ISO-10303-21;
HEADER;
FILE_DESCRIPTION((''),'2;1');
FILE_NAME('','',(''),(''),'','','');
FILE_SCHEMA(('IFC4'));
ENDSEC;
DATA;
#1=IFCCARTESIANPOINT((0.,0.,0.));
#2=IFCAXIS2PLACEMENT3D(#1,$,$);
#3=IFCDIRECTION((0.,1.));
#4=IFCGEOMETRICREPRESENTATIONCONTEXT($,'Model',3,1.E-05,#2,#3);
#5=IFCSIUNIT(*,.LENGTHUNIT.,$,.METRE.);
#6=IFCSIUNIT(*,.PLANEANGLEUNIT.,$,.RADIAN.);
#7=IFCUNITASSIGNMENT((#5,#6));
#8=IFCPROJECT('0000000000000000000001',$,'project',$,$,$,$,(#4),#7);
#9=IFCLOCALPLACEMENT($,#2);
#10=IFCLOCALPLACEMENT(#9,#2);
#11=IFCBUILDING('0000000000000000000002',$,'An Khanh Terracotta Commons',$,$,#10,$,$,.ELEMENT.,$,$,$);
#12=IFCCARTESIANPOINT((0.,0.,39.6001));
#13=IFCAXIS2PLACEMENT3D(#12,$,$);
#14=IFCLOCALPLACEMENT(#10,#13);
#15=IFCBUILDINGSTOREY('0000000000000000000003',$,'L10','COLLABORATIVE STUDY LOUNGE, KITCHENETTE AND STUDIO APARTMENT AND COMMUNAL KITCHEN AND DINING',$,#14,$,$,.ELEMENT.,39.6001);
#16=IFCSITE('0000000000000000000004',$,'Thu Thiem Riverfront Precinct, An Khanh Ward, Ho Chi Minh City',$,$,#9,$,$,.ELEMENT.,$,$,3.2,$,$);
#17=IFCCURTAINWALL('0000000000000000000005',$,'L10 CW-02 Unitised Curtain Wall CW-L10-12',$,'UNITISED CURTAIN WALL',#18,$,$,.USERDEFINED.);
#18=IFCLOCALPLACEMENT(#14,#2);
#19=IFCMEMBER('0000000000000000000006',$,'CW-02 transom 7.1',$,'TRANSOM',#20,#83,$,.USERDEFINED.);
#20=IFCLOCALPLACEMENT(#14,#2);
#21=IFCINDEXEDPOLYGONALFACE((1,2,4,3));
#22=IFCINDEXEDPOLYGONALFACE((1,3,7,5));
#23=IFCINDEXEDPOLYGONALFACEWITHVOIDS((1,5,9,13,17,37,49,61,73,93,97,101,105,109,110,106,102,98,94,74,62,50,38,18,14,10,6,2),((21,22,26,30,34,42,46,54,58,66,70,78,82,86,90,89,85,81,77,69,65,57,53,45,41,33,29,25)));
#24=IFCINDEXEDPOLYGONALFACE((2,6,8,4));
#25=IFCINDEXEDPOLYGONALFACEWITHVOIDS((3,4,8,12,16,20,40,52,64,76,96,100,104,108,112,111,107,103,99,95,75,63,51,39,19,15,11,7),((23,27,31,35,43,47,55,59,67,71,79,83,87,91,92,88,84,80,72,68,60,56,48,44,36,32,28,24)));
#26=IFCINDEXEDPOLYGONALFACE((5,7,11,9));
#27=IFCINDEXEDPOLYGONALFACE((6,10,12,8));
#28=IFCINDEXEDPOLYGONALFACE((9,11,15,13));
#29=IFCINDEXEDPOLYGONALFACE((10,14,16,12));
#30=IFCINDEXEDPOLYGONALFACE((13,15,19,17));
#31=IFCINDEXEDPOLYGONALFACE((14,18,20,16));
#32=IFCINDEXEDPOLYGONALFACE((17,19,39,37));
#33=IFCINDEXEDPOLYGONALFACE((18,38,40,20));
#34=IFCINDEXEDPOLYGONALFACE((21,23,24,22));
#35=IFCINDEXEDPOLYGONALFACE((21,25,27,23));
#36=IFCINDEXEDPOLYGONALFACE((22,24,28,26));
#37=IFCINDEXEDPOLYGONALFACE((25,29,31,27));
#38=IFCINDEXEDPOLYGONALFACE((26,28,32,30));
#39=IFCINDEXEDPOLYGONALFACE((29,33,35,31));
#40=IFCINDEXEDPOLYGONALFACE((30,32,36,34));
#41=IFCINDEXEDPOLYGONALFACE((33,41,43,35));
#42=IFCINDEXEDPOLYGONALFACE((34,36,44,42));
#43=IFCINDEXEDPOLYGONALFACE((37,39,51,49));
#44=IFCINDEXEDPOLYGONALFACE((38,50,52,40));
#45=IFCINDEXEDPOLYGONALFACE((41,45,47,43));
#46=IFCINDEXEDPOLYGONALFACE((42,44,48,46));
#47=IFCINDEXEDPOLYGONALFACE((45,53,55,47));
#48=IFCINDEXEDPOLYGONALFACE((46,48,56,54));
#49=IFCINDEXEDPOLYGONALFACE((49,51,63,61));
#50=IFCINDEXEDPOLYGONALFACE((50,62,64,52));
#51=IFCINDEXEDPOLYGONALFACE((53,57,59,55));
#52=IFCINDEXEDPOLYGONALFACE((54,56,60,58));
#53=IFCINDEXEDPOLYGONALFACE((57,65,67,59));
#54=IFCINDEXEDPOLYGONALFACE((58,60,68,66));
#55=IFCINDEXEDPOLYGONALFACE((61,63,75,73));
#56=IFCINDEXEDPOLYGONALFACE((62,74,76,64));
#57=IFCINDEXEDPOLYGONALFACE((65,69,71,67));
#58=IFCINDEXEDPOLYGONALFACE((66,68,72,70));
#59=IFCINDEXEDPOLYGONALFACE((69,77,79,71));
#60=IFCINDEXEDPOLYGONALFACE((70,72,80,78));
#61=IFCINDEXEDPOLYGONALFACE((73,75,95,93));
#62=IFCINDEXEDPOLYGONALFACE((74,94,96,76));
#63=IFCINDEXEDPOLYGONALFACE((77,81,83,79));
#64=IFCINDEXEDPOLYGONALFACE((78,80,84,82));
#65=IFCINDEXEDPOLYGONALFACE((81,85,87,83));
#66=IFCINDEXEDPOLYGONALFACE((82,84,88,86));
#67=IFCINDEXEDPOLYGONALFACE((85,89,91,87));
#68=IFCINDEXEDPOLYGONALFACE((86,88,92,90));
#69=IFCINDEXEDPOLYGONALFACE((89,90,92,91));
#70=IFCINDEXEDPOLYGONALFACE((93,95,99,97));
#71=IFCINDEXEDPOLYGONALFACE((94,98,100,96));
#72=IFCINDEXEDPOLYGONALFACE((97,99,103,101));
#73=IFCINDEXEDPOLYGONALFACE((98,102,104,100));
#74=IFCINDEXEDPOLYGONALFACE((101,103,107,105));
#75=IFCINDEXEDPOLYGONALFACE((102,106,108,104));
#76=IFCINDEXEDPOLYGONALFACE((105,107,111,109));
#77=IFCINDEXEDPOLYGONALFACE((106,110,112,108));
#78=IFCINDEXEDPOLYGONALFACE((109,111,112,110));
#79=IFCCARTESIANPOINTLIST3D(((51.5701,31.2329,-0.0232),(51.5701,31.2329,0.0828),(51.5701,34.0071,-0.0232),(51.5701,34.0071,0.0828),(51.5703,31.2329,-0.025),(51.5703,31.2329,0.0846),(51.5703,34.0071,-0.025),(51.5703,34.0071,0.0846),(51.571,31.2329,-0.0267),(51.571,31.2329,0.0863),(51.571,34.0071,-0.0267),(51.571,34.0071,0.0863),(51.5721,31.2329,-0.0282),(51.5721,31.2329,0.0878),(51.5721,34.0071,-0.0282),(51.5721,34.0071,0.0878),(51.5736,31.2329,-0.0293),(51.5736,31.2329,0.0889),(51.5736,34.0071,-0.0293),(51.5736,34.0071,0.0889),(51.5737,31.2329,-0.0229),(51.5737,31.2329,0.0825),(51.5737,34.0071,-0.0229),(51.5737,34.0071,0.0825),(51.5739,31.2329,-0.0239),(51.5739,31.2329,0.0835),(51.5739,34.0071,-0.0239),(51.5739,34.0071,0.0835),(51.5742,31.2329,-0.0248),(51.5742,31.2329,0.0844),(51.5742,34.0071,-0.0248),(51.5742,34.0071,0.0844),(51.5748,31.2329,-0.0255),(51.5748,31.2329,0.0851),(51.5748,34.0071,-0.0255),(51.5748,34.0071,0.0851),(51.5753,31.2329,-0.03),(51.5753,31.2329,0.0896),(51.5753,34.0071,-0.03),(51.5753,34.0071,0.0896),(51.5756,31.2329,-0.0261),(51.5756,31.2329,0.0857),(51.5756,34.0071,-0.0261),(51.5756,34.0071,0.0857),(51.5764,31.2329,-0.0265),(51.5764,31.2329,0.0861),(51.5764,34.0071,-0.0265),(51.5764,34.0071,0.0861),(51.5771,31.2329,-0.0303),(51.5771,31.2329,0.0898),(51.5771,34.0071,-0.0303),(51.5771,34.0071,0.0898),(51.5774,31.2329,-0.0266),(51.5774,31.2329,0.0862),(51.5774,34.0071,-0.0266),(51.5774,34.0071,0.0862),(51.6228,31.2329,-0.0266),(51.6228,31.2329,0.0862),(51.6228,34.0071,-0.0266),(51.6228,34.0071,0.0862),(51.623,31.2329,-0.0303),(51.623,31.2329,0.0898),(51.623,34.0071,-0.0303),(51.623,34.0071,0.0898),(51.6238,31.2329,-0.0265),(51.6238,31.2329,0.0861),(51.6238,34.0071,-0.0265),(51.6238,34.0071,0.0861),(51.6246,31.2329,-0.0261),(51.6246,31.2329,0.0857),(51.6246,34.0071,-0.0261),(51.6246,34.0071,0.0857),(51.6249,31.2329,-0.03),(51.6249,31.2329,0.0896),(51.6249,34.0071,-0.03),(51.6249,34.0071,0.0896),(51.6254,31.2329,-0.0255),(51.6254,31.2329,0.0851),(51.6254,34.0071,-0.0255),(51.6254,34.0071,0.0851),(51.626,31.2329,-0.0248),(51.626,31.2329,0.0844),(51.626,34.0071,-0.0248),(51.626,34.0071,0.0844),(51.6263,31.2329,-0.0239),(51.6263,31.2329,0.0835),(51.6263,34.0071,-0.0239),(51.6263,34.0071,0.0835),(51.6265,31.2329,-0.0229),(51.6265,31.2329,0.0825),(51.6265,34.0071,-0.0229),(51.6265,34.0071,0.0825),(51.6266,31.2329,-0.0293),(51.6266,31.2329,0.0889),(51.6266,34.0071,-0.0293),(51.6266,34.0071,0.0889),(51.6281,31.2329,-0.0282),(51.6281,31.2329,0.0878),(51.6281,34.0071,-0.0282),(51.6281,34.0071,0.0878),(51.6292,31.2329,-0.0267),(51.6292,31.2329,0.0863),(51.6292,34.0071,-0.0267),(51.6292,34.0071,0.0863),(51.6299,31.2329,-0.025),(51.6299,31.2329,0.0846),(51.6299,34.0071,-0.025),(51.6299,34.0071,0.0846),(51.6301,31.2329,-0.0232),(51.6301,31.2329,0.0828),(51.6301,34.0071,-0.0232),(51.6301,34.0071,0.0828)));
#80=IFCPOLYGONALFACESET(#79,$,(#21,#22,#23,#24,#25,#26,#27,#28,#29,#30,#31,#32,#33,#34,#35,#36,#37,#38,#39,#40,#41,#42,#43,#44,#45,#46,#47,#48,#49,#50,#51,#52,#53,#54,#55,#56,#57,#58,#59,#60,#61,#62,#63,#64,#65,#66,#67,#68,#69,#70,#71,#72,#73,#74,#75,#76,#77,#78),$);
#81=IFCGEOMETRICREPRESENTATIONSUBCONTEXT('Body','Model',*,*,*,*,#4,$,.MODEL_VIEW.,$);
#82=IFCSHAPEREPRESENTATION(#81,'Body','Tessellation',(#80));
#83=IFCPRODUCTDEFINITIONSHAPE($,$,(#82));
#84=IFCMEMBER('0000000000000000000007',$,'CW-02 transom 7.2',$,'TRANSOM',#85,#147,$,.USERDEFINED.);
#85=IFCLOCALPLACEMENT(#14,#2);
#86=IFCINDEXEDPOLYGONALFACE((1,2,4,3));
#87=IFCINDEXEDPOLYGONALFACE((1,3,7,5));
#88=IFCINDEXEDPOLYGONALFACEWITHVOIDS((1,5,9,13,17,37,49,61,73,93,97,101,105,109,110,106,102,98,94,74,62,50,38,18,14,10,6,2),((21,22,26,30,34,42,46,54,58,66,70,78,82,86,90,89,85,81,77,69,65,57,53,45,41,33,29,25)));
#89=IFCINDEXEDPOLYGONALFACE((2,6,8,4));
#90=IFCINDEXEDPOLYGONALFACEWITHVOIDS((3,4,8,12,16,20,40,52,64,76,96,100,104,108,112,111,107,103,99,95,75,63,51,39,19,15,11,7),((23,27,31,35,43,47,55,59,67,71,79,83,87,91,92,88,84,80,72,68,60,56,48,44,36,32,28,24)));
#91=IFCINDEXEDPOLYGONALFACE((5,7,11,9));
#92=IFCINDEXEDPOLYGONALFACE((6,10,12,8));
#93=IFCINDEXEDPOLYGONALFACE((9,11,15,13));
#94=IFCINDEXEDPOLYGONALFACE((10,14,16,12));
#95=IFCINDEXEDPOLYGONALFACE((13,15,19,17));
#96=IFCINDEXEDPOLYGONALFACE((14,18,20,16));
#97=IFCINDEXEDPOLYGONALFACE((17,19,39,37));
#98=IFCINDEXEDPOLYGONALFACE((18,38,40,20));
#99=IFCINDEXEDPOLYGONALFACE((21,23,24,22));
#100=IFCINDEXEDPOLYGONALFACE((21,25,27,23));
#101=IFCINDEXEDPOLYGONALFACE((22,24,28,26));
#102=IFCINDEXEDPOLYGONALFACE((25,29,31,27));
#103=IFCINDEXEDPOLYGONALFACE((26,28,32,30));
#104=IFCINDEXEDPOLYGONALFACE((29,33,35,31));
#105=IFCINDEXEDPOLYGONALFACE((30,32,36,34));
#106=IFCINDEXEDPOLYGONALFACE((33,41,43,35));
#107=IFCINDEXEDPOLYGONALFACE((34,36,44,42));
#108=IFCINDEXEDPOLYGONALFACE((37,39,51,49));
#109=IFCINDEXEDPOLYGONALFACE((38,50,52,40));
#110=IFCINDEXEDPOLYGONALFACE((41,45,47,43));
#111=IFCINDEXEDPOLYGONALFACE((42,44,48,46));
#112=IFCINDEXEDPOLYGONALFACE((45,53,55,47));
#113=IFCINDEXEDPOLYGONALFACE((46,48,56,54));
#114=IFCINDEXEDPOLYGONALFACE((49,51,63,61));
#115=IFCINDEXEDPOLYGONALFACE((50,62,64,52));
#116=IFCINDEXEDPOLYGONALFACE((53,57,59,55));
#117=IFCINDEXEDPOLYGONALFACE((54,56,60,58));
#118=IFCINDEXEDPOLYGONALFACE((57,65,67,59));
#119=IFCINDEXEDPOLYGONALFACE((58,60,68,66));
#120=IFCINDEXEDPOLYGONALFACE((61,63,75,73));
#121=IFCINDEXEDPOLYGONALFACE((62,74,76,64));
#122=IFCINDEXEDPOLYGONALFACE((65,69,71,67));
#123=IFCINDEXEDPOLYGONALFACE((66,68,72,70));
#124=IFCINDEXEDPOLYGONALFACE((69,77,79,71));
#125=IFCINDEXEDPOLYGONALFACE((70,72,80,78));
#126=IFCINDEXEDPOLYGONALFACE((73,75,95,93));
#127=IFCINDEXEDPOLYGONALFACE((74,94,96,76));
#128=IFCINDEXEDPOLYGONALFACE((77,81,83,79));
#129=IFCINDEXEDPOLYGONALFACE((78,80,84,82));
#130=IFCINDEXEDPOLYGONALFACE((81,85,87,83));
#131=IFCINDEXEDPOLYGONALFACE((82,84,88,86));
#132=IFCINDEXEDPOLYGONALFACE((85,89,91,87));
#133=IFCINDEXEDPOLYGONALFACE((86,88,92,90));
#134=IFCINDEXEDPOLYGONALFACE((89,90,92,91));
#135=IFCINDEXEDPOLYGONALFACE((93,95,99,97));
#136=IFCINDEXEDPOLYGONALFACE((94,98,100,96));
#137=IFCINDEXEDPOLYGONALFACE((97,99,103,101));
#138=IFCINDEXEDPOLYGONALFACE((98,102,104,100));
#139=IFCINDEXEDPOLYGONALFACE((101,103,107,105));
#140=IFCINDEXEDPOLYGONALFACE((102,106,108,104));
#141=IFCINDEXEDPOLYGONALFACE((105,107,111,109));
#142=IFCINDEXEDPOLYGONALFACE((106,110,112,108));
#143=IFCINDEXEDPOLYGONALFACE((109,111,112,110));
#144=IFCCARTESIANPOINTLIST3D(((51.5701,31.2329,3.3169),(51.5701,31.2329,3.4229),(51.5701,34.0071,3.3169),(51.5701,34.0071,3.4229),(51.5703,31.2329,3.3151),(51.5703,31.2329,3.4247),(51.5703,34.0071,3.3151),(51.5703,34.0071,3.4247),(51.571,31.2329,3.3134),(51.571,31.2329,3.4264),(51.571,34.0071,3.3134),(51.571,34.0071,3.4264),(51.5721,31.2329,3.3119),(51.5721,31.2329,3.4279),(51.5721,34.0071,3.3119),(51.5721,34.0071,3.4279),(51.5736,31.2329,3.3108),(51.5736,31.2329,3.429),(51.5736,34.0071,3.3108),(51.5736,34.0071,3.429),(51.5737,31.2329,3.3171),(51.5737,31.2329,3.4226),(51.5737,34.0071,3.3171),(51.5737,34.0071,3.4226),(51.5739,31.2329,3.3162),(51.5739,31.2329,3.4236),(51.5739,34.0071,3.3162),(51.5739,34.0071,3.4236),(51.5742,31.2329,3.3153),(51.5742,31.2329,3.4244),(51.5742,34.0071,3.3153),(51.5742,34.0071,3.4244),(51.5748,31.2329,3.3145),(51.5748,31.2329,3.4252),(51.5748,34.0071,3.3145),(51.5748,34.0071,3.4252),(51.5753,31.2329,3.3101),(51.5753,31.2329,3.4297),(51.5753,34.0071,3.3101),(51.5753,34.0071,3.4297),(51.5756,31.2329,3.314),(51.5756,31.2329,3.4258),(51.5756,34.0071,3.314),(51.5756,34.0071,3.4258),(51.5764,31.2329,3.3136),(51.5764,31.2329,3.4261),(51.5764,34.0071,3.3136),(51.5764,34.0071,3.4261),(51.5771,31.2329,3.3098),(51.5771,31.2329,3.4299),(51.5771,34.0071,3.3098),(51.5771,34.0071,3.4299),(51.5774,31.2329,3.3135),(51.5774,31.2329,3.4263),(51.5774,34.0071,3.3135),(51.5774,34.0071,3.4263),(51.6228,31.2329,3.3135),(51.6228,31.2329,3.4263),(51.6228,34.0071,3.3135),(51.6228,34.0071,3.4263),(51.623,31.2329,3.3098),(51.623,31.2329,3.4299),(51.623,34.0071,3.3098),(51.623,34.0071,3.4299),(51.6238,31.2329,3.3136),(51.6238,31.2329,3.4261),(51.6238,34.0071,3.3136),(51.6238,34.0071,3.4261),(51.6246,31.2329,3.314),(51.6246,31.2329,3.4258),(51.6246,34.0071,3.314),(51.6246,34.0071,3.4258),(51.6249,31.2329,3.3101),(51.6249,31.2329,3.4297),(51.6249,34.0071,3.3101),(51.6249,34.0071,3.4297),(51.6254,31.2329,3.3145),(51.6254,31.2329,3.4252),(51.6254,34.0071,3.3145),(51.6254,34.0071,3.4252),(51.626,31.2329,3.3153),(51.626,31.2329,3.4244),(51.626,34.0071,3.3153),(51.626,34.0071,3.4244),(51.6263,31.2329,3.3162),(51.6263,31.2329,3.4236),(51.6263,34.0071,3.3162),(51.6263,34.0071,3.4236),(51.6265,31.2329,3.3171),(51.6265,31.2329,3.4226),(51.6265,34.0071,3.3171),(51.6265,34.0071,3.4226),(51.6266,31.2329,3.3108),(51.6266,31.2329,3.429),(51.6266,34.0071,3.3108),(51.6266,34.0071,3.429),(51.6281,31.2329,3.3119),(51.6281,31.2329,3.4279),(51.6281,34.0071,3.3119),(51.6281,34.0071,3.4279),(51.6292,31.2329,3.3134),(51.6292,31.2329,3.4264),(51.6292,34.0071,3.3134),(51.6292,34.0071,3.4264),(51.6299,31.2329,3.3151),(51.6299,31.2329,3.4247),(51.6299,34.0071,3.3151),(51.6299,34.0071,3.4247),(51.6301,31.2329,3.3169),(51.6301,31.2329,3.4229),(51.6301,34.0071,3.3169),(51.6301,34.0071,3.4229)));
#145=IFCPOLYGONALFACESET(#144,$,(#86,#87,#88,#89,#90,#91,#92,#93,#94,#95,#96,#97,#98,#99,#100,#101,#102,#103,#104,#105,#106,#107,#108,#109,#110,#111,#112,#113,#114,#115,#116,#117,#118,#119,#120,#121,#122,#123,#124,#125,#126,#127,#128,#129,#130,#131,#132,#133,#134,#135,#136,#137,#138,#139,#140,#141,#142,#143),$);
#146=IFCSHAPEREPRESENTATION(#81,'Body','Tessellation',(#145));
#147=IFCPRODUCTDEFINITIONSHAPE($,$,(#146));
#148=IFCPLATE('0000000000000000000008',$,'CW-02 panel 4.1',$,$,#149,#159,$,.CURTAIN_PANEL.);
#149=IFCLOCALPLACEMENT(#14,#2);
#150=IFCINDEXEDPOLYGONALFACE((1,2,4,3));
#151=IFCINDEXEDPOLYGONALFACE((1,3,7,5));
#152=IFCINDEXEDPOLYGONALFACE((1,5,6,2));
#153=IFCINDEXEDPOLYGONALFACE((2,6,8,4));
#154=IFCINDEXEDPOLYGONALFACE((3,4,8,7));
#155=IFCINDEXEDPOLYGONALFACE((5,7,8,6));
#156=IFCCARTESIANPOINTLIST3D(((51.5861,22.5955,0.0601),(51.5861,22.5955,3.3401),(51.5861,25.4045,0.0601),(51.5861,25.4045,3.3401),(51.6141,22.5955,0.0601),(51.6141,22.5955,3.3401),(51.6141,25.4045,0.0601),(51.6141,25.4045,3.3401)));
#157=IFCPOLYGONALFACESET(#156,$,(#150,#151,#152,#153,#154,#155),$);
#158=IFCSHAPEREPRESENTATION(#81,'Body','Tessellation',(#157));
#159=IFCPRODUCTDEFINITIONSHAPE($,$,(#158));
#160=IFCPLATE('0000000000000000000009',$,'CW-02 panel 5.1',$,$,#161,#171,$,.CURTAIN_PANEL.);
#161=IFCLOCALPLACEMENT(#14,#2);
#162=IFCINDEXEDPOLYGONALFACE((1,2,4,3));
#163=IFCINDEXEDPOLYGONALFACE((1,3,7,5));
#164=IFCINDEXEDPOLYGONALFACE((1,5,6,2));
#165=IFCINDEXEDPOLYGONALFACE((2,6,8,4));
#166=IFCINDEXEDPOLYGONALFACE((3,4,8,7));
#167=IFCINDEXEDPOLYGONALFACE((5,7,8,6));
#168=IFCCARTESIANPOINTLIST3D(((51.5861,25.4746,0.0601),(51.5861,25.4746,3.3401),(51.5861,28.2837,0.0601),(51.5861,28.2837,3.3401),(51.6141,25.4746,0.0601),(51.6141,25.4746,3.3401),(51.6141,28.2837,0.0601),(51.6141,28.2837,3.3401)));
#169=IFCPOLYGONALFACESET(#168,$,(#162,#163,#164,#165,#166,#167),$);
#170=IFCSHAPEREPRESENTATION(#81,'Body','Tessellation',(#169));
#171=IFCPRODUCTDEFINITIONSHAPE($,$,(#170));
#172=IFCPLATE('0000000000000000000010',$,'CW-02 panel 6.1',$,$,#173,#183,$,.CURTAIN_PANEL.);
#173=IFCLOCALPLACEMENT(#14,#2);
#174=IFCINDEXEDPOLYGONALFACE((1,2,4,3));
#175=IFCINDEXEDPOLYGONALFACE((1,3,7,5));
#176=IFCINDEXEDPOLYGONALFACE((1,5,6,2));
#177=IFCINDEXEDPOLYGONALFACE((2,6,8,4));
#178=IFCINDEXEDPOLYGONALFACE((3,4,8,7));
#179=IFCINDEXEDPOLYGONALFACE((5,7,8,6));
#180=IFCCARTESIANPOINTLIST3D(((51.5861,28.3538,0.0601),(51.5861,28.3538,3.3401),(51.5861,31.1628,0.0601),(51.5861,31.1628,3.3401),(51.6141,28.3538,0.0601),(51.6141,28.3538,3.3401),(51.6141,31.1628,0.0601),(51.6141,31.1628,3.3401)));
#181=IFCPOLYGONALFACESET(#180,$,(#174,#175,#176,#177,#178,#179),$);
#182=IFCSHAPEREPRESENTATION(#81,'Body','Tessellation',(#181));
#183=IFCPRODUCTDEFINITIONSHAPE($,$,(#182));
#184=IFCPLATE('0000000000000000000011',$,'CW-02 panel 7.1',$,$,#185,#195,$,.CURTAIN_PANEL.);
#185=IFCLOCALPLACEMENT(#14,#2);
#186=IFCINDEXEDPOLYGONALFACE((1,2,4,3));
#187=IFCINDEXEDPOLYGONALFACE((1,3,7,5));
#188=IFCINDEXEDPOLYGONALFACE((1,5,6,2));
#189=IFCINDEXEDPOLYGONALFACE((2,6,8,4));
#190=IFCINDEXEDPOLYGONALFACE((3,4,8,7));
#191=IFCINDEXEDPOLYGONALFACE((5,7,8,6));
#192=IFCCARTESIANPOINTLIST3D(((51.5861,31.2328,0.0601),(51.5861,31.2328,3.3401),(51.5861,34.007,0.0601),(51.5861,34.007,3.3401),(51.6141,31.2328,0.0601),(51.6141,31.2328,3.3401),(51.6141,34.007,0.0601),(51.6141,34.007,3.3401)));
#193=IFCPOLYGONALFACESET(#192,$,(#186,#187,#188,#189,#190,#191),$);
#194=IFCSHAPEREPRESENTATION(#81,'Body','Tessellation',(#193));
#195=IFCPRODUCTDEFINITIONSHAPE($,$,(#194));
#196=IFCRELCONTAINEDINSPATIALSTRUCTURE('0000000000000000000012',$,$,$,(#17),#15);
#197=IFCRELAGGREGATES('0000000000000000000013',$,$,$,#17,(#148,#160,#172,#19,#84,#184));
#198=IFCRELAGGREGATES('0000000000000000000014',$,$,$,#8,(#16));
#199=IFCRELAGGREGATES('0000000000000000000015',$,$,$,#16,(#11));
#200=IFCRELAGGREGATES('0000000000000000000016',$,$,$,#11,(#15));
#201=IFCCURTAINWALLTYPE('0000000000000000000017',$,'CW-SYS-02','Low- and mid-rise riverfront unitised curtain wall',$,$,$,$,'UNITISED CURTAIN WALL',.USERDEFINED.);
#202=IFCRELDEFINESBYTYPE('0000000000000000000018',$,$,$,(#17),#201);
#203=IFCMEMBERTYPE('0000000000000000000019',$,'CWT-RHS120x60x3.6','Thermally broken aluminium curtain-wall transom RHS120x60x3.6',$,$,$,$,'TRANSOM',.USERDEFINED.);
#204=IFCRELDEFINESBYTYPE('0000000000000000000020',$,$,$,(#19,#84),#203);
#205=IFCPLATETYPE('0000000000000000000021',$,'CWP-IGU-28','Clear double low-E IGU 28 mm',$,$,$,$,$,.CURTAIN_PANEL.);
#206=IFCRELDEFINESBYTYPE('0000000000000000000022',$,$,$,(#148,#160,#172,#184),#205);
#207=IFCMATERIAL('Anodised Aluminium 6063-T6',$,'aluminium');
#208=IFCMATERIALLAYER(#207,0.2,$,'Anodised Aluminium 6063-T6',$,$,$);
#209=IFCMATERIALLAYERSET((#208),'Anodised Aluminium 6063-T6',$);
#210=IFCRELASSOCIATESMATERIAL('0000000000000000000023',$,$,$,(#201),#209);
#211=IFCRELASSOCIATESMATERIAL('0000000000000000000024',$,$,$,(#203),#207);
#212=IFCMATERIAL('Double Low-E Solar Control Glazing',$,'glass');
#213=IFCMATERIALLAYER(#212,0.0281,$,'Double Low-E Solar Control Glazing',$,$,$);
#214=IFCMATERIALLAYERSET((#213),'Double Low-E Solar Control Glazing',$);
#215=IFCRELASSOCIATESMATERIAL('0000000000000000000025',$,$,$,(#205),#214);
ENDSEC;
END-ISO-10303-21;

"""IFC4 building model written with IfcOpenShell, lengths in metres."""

from ifc_helpers import new_model, si_unit, direction, frame, origin, origin_2d, place, context, subcontext, project, spatial, rectangle, hollow_rectangle, extrude, material, layer, layer_set, material_profile, profile_set, type_object, element, aggregate, save


model = new_model("IFC4")

# Units and contexts
model_context = context("Model", 3, precision=1e-05, world=origin(), true_north=direction((0.0, 1.0)))
body_context = subcontext(model_context, "Body", "Model", "MODEL_VIEW")
ifc_project = project(units=[si_unit("LENGTHUNIT", "METRE"), si_unit("PLANEANGLEUNIT", "RADIAN")], contexts=[model_context])

# Site, building, storey
site_placement = place(None, origin())
site = spatial("IfcSite", under=ifc_project, at=site_placement, Name="Thu Thiem Riverfront Precinct, An Khanh Ward, Ho Chi Minh City", CompositionType="ELEMENT", RefElevation=3.2)
building_placement = place(site_placement, origin())
building = spatial("IfcBuilding", under=site, at=building_placement, Name="An Khanh Terracotta Commons", CompositionType="ELEMENT")
storey_placement = place(building_placement, frame((0.0, 0.0, 39.6001)))
storey = spatial("IfcBuildingStorey", under=building, at=storey_placement, Name="L10", Description="COLLABORATIVE STUDY LOUNGE, KITCHENETTE AND STUDIO APARTMENT AND COMMUNAL KITCHEN AND DINING", CompositionType="ELEMENT", Elevation=39.6001)

# Curtain wall, members, plates
ifc_material_1 = material(Name="Anodised Aluminium 6063-T6", Category="aluminium")
ifc_layer_1 = layer(ifc_material_1, 0.2, Name="Anodised Aluminium 6063-T6")
ifc_layer_set_1 = layer_set([ifc_layer_1], Name="Anodised Aluminium 6063-T6")
curtain_wall_type = type_object("IfcCurtainWallType", Name="CW-SYS-02", Description="Low- and mid-rise riverfront unitised curtain wall", ElementType="UNITISED CURTAIN WALL", PredefinedType="USERDEFINED", material=ifc_layer_set_1)
curtain_wall_placement = place(storey_placement, origin())
curtain_wall = element("IfcCurtainWall", 1, at=curtain_wall_placement, inside=storey, type_object=curtain_wall_type, Name="L10 CW-02 Unitised Curtain Wall CW-L10-12", ObjectType="UNITISED CURTAIN WALL", PredefinedType="USERDEFINED")
ifc_material_profile_1 = material_profile(ifc_material_1, hollow_rectangle(XDim=0.0601, YDim=0.1201, WallThickness=0.0037, InnerFilletRadius=0.0037, OuterFilletRadius=0.0071, at=origin_2d()), Name="RHS120x60x3.6")
ifc_profile_set_1 = profile_set([ifc_material_profile_1], Name="Anodised Aluminium 6063-T6")
member_type_1 = type_object("IfcMemberType", Name="CWT-RHS120x60x3.6", Description="Thermally broken aluminium curtain-wall transom RHS120x60x3.6", ElementType="TRANSOM", PredefinedType="USERDEFINED", material=ifc_profile_set_1)
member_1_placement = place(storey_placement, frame((51.6001, 31.2329, 0.0298), z_axis=(0.0, 1.0, 0.0), x_axis=(-1.0, 0.0, 0.0)))
member_1 = element("IfcMember", 2, at=member_1_placement, type_object=member_type_1, Name="CW-02 transom 7.1", ObjectType="TRANSOM", PredefinedType="USERDEFINED", context=body_context, shape_type="SweptSolid", body=[
    extrude(hollow_rectangle(XDim=0.0601, YDim=0.1201, WallThickness=0.0037, InnerFilletRadius=0.0037, OuterFilletRadius=0.0071, at=origin_2d()), origin(), (0.0, 0.0, 1.0), 2.7742),
])
member_2_placement = place(storey_placement, frame((51.6001, 31.2329, 3.3699), z_axis=(0.0, 1.0, 0.0), x_axis=(-1.0, 0.0, 0.0)))
member_2 = element("IfcMember", 3, at=member_2_placement, type_object=member_type_1, Name="CW-02 transom 7.2", ObjectType="TRANSOM", PredefinedType="USERDEFINED", context=body_context, shape_type="SweptSolid", body=[
    extrude(hollow_rectangle(XDim=0.0601, YDim=0.1201, WallThickness=0.0037, InnerFilletRadius=0.0037, OuterFilletRadius=0.0071, at=origin_2d()), origin(), (0.0, 0.0, 1.0), 2.7742),
])
ifc_material_2 = material(Name="Double Low-E Solar Control Glazing", Category="glass")
ifc_layer_2 = layer(ifc_material_2, 0.0281, Name="Double Low-E Solar Control Glazing")
ifc_layer_set_2 = layer_set([ifc_layer_2], Name="Double Low-E Solar Control Glazing")
plate_type = type_object("IfcPlateType", Name="CWP-IGU-28", Description="Clear double low-E IGU 28 mm", PredefinedType="CURTAIN_PANEL", material=ifc_layer_set_2)
plate_1_placement = place(storey_placement, frame((51.6001, 24.0, 0.0601), z_axis=(0.0, 0.0, 1.0), x_axis=(0.0, 1.0, 0.0)))
plate_1 = element("IfcPlate", 4, at=plate_1_placement, type_object=plate_type, Name="CW-02 panel 4.1", PredefinedType="CURTAIN_PANEL", context=body_context, shape_type="SweptSolid", body=[
    extrude(rectangle(XDim=2.8091, YDim=0.0281, at=origin_2d()), origin(), (0.0, 0.0, 1.0), 3.28),
])
plate_2_placement = place(storey_placement, frame((51.6001, 26.8792, 0.0601), z_axis=(0.0, 0.0, 1.0), x_axis=(0.0, 1.0, 0.0)))
plate_2 = element("IfcPlate", 5, at=plate_2_placement, type_object=plate_type, Name="CW-02 panel 5.1", PredefinedType="CURTAIN_PANEL", context=body_context, shape_type="SweptSolid", body=[
    extrude(rectangle(XDim=2.8091, YDim=0.0281, at=origin_2d()), origin(), (0.0, 0.0, 1.0), 3.28),
])
plate_3_placement = place(storey_placement, frame((51.6001, 29.7583, 0.0601), z_axis=(0.0, 0.0, 1.0), x_axis=(0.0, 1.0, 0.0)))
plate_3 = element("IfcPlate", 6, at=plate_3_placement, type_object=plate_type, Name="CW-02 panel 6.1", PredefinedType="CURTAIN_PANEL", context=body_context, shape_type="SweptSolid", body=[
    extrude(rectangle(XDim=2.8091, YDim=0.0281, at=origin_2d()), origin(), (0.0, 0.0, 1.0), 3.28),
])
plate_4_placement = place(storey_placement, frame((51.6001, 32.6199, 0.0601), z_axis=(0.0, 0.0, 1.0), x_axis=(0.0, 1.0, 0.0)))
plate_4 = element("IfcPlate", 7, at=plate_4_placement, type_object=plate_type, Name="CW-02 panel 7.1", PredefinedType="CURTAIN_PANEL", context=body_context, shape_type="SweptSolid", body=[
    extrude(rectangle(XDim=2.7742, YDim=0.0281, at=origin_2d()), origin(), (0.0, 0.0, 1.0), 3.28),
])
aggregate(curtain_wall, [plate_1, plate_2, plate_3, member_1, member_2, plate_4])

save(model, "model.ifc")
